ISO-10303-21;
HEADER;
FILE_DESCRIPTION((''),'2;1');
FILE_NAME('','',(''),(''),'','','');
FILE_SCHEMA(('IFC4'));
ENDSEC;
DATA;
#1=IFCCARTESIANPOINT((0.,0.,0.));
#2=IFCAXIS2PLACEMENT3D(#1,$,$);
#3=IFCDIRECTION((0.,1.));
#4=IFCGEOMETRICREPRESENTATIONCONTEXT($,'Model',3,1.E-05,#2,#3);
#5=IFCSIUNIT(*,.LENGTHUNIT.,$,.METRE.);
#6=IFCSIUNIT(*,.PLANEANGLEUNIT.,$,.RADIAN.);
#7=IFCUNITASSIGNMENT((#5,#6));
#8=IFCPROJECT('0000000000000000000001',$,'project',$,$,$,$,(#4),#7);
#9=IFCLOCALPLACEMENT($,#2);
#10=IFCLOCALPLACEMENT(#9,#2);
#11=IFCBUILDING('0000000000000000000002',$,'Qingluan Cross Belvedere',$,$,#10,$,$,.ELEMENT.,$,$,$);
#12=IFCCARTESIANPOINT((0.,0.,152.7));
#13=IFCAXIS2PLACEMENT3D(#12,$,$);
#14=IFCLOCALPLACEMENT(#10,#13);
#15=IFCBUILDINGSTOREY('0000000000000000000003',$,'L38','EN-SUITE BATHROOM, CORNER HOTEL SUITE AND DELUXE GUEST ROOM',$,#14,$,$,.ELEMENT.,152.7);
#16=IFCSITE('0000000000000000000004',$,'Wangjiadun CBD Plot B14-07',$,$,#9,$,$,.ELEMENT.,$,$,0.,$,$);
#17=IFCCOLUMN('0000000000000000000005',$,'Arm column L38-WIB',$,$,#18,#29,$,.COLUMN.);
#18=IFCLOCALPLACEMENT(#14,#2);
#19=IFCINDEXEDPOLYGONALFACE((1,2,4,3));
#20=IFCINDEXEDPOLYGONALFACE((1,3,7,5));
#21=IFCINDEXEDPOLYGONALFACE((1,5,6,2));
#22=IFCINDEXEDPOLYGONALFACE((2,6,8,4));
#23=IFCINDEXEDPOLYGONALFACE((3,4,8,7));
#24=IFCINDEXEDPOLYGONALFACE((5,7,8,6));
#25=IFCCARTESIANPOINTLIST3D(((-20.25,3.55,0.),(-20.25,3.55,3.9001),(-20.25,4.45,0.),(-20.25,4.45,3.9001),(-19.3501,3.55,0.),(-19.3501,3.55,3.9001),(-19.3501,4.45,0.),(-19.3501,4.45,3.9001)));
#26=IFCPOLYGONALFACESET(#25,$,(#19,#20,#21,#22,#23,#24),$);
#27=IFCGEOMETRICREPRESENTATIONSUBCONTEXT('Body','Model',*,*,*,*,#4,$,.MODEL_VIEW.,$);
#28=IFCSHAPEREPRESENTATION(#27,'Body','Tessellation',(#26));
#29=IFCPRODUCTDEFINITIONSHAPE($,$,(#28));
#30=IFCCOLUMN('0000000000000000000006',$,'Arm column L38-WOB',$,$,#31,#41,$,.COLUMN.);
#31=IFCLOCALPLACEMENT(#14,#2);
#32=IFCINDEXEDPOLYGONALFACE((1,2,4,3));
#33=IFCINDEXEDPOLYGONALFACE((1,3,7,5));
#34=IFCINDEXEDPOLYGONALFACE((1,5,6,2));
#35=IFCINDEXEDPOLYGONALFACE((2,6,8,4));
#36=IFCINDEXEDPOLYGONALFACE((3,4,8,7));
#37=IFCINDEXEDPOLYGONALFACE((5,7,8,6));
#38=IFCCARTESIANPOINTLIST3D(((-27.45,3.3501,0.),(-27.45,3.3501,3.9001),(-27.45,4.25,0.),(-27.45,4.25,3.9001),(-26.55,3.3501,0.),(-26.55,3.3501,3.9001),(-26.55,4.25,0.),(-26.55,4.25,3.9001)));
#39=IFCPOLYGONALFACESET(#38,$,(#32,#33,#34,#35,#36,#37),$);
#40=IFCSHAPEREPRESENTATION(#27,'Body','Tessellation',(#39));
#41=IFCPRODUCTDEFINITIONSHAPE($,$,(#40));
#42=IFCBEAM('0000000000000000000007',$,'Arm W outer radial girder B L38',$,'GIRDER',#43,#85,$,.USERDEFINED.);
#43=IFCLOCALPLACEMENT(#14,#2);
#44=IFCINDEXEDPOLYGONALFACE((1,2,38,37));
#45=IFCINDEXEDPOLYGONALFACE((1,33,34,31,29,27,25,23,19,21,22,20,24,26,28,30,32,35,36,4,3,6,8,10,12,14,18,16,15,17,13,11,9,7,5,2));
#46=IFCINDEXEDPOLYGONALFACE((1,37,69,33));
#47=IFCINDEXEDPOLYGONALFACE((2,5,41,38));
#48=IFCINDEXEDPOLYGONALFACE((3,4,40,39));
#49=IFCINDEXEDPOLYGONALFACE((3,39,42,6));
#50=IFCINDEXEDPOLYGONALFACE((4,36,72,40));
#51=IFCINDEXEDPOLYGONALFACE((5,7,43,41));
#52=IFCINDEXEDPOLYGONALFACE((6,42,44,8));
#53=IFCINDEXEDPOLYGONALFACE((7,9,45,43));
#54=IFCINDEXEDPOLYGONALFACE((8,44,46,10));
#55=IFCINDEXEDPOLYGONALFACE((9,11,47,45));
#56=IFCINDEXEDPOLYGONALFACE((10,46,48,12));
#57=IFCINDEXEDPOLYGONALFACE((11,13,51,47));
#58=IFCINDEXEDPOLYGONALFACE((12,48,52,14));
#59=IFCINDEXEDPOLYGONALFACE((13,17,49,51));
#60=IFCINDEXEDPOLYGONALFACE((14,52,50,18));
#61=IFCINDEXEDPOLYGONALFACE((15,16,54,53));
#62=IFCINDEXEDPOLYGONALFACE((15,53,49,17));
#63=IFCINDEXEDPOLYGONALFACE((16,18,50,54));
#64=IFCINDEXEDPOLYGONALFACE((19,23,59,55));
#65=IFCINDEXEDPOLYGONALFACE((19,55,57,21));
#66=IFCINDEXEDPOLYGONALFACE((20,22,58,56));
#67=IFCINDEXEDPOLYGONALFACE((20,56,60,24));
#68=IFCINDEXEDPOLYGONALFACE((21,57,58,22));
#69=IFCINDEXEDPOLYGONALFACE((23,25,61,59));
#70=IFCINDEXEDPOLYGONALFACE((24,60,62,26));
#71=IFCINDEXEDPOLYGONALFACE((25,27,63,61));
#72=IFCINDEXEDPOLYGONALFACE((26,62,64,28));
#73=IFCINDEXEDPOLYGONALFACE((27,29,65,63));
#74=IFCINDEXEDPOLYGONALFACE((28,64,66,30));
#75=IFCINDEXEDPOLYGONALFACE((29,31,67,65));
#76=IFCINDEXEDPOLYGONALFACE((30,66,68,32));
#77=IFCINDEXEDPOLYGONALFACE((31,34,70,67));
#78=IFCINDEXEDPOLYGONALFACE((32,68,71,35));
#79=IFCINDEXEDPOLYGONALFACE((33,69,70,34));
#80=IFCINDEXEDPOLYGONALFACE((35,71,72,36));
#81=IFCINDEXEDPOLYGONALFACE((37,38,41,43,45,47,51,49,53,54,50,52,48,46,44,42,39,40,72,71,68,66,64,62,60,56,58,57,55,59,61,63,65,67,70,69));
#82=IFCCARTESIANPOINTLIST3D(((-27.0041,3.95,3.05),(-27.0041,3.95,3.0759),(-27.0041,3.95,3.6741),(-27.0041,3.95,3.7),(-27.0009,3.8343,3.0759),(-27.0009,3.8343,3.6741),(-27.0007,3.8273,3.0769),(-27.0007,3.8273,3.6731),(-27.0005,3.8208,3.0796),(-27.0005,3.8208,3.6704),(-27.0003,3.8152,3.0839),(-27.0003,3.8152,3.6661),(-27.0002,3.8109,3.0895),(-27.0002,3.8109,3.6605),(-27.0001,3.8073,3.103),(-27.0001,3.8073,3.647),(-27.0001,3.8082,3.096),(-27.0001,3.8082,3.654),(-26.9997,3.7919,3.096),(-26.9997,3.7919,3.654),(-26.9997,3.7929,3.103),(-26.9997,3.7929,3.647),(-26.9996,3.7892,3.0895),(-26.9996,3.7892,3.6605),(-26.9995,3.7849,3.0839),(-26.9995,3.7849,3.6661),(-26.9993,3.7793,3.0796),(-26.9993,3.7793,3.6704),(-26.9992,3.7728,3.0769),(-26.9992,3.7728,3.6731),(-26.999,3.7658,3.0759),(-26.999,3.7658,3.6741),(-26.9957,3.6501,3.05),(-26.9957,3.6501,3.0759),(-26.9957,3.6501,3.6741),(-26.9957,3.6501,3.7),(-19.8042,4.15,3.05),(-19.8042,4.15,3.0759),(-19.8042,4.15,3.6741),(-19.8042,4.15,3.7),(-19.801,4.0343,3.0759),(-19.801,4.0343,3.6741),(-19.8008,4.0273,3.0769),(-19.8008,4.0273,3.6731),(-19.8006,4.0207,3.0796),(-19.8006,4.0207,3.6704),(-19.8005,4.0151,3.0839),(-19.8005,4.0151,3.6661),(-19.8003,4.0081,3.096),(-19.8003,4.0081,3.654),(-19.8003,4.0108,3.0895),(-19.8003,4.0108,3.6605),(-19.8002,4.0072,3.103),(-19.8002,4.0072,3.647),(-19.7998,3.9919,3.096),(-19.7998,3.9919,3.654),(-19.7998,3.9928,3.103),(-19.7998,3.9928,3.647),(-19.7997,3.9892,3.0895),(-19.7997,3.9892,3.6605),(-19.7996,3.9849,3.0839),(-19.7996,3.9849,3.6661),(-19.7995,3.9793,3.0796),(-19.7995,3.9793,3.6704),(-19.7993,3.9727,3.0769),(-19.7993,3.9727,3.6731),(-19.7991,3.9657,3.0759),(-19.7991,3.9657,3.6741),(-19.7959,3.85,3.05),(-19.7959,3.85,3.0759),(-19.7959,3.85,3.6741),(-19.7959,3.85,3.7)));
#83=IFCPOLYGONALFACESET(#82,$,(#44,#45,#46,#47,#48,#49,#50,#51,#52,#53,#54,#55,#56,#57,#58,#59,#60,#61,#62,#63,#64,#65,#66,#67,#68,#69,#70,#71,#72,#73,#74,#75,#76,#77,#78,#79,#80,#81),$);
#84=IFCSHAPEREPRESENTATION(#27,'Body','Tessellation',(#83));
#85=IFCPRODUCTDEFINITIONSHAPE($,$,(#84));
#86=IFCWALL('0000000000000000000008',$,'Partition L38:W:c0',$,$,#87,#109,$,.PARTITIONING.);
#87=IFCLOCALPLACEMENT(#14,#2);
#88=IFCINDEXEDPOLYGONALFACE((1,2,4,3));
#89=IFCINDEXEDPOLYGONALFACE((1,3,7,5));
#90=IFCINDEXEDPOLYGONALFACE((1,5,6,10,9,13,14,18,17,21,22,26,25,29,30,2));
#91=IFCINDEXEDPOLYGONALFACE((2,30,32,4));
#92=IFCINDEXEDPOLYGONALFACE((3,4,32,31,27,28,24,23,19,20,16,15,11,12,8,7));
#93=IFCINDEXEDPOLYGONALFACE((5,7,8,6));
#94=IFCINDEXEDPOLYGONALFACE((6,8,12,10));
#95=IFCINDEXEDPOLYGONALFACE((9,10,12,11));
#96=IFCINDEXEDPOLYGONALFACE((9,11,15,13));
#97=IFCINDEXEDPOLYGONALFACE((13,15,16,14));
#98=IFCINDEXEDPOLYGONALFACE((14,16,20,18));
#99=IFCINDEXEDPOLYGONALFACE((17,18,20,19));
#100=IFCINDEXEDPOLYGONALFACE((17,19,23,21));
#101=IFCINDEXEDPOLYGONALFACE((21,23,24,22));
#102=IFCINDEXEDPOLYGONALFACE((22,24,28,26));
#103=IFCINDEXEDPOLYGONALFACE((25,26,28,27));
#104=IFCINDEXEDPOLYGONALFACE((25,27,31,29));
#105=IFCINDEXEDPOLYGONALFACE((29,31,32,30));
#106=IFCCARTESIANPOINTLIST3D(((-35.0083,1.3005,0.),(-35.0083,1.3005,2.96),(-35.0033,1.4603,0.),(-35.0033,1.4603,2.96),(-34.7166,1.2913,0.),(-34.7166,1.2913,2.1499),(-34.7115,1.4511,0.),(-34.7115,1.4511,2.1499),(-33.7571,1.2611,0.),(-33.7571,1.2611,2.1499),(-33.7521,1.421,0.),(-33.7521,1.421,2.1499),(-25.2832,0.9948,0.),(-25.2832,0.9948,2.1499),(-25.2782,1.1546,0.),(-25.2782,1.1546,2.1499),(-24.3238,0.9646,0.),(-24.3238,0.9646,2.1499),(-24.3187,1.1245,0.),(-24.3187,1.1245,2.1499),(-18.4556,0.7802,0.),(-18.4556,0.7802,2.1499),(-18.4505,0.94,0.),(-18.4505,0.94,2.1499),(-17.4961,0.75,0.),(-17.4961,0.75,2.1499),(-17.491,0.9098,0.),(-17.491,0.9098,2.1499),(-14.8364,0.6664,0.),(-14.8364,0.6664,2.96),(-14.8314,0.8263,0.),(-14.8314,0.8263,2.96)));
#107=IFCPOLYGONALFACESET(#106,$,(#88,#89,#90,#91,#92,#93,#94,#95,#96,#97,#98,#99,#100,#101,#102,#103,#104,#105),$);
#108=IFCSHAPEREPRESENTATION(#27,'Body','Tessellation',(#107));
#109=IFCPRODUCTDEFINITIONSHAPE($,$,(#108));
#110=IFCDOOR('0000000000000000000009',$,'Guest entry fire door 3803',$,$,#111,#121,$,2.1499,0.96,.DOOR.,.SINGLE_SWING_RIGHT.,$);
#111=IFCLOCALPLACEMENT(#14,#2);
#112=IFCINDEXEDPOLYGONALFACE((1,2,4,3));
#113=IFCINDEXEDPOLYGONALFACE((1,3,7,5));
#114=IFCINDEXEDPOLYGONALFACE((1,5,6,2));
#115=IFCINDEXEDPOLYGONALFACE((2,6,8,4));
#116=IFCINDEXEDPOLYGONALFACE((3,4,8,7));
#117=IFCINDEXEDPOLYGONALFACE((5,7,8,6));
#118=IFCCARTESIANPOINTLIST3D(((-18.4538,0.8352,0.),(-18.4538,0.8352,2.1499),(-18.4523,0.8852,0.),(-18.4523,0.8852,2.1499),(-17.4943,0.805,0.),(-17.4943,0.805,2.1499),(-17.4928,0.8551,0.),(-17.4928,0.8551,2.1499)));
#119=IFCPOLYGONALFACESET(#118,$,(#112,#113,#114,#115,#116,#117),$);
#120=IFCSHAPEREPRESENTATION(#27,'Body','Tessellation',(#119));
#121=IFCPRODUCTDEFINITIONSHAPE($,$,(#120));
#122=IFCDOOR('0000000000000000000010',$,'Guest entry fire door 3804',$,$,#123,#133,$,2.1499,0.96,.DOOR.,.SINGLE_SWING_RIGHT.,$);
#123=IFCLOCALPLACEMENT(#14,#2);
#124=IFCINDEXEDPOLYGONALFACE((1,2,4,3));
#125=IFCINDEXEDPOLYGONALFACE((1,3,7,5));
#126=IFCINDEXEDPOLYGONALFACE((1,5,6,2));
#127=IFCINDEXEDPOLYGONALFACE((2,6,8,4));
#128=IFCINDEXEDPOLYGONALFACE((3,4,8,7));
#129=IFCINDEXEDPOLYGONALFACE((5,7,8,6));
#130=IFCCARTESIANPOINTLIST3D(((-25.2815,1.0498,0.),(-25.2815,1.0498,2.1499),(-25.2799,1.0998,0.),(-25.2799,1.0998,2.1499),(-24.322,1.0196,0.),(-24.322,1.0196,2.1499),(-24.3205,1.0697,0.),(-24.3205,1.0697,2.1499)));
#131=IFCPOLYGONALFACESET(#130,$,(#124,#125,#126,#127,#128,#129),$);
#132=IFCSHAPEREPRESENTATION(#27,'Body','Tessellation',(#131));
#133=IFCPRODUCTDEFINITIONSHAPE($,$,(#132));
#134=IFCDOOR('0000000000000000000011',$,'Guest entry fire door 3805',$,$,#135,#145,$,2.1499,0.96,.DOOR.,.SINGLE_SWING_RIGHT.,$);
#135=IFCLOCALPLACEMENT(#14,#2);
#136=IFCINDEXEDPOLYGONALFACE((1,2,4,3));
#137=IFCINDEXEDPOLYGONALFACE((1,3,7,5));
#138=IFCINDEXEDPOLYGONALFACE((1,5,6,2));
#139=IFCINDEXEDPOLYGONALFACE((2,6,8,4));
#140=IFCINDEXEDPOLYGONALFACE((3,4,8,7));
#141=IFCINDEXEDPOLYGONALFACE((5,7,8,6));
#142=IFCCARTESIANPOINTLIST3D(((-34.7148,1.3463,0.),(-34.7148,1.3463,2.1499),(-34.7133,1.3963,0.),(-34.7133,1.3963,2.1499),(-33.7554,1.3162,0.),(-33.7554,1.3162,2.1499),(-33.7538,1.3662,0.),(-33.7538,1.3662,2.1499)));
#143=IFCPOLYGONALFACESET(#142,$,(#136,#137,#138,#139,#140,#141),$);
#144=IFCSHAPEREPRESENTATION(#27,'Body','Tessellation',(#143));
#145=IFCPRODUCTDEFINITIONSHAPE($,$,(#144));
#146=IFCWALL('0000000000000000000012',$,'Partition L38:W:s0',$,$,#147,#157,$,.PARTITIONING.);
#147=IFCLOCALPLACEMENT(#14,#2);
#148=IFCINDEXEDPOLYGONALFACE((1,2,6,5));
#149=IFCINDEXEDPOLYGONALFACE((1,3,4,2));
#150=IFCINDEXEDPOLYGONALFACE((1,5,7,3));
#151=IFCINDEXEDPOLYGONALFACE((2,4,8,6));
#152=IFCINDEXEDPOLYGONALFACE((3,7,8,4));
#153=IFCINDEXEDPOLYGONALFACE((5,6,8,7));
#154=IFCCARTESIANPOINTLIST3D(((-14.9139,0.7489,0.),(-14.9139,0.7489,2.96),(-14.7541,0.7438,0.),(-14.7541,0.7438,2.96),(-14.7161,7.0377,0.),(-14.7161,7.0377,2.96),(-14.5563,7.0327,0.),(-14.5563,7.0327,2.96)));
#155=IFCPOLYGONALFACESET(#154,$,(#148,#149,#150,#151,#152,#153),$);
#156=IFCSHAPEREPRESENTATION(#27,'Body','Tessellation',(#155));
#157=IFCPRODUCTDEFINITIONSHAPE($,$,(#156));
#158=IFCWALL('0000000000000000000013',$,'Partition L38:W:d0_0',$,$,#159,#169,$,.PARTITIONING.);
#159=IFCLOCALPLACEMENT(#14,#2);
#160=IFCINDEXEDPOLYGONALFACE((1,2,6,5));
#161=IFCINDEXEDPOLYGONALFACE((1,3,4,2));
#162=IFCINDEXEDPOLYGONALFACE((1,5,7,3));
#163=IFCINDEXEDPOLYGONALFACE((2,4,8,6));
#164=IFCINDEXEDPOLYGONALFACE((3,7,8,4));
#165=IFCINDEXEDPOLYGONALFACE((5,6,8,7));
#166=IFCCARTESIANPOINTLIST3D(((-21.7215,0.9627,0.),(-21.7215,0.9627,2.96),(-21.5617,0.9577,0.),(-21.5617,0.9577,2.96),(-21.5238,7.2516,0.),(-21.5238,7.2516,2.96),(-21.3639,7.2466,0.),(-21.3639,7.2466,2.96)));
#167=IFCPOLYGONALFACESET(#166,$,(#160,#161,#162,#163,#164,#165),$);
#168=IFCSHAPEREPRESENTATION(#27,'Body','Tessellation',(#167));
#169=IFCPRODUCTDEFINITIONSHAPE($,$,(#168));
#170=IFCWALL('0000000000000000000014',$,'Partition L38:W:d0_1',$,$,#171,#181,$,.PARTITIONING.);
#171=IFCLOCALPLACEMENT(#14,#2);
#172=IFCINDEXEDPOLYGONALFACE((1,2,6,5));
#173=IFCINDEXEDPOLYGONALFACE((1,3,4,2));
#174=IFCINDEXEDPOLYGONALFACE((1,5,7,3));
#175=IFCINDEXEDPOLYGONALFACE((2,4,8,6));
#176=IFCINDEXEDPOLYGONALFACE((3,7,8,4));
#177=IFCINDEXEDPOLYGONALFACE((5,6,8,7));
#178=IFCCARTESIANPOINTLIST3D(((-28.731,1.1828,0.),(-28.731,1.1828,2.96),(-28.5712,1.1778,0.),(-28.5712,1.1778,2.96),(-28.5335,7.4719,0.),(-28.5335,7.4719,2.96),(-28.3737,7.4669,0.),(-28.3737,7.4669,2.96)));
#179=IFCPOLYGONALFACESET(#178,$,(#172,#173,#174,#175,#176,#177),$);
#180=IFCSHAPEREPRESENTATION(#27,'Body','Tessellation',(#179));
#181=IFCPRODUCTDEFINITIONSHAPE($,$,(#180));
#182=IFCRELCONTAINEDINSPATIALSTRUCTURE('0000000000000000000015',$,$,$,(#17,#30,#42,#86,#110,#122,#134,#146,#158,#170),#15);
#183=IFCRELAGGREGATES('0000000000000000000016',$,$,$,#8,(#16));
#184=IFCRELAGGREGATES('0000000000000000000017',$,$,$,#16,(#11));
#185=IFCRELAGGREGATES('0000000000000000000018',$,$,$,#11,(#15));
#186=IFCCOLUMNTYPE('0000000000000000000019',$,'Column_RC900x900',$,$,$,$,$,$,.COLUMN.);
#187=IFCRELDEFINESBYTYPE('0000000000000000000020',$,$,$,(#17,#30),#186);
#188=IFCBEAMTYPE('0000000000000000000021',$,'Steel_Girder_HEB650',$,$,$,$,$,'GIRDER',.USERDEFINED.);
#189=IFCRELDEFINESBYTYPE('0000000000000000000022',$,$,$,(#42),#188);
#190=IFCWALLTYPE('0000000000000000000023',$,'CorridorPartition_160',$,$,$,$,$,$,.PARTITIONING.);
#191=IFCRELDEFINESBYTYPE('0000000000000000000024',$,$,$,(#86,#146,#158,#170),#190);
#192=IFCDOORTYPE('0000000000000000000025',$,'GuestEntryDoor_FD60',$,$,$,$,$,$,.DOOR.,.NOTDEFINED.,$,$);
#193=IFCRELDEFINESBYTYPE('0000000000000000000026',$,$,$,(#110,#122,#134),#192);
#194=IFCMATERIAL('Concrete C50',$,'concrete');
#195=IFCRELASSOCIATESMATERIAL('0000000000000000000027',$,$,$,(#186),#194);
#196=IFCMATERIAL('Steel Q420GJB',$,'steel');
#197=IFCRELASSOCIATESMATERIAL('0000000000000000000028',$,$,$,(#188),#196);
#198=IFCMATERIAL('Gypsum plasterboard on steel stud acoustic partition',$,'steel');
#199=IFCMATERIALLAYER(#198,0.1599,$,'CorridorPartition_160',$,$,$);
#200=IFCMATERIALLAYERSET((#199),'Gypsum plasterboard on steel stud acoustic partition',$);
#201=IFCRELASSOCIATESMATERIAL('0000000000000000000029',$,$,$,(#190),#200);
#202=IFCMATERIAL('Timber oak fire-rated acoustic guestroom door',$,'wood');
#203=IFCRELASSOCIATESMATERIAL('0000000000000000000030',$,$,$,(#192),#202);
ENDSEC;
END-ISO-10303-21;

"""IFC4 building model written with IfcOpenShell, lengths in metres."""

from ifc_helpers import new_model, si_unit, direction, frame, frame_2d, origin, origin_2d, place, context, subcontext, project, spatial, rectangle, i_section, extrude, material, layer, layer_set, material_profile, profile_set, type_object, element, fill, save


model = new_model("IFC4")

# Units and contexts
model_context = context("Model", 3, precision=1e-05, world=origin(), true_north=direction((0.0, 1.0)))
body_context = subcontext(model_context, "Body", "Model", "MODEL_VIEW")
ifc_project = project(units=[si_unit("LENGTHUNIT", "METRE"), si_unit("PLANEANGLEUNIT", "RADIAN")], contexts=[model_context])

# Site, building, storey
site_placement = place(None, origin())
site = spatial("IfcSite", under=ifc_project, at=site_placement, Name="Wangjiadun CBD Plot B14-07", CompositionType="ELEMENT", RefElevation=0.0)
building_placement = place(site_placement, origin())
building = spatial("IfcBuilding", under=site, at=building_placement, Name="Qingluan Cross Belvedere", CompositionType="ELEMENT")
storey_placement = place(building_placement, frame((0.0, 0.0, 152.7)))
storey = spatial("IfcBuildingStorey", under=building, at=storey_placement, Name="L38", Description="EN-SUITE BATHROOM, CORNER HOTEL SUITE AND DELUXE GUEST ROOM", CompositionType="ELEMENT", Elevation=152.7)

# Columns
ifc_material_1 = material(Name="Concrete C50", Category="concrete")
ifc_material_profile_1 = material_profile(ifc_material_1, rectangle(XDim=0.8999, YDim=0.8999, at=origin_2d()), Name="RC900x900")
ifc_profile_set_1 = profile_set([ifc_material_profile_1], Name="Concrete C50")
column_type = type_object("IfcColumnType", Name="Column_RC900x900", PredefinedType="COLUMN", material=ifc_profile_set_1)
for number, where, z_axis, x_axis, name in (
    (1, (-19.8, 4.0, 0.0), (0.0, 0.0, 1.0), (1.0, 0.0, 0.0), "Arm column L38-WIB"),
    (2, (-27.0, 3.8, 0.0), (0.0, 0.0, 1.0), (1.0, 0.0, 0.0), "Arm column L38-WOB"),
):
    element("IfcColumn", number, at=place(storey_placement, frame(where, z_axis=z_axis, x_axis=x_axis)), inside=storey, type_object=column_type, Name=name, PredefinedType="COLUMN", context=body_context, shape_type="SweptSolid", body=[
        extrude(rectangle(XDim=0.8999, YDim=0.8999, at=origin_2d()), origin(), (0.0, 0.0, 1.0), 3.9001),
    ])

# Beam
ifc_material_2 = material(Name="Steel Q420GJB", Category="steel")
ifc_material_profile_2 = material_profile(ifc_material_2, i_section(OverallWidth=0.3, OverallDepth=0.6499, WebThickness=0.0144, FlangeThickness=0.0259, FilletRadius=0.0271, at=origin_2d()), Name="HEB650")
ifc_profile_set_2 = profile_set([ifc_material_profile_2], Name="Steel Q420GJB")
beam_type = type_object("IfcBeamType", Name="Steel_Girder_HEB650", ElementType="GIRDER", PredefinedType="USERDEFINED", material=ifc_profile_set_2)
beam_placement = place(storey_placement, frame((-19.8, 4.0, 3.375), z_axis=(-0.999615, -0.02776, 0.0), x_axis=(0.02776, -0.999615, 0.0)))
element("IfcBeam", 3, at=beam_placement, inside=storey, type_object=beam_type, Name="Arm W outer radial girder B L38", ObjectType="GIRDER", PredefinedType="USERDEFINED", context=body_context, shape_type="SweptSolid", body=[
    extrude(i_section(OverallWidth=0.3, OverallDepth=0.6499, WebThickness=0.0144, FlangeThickness=0.0259, FilletRadius=0.0271, at=origin_2d()), origin(), (0.0, 0.0, 1.0), 7.2026),
])

# Wall, openings, doors
ifc_material_3 = material(Name="Gypsum plasterboard on steel stud acoustic partition", Category="steel")
ifc_layer_1 = layer(ifc_material_3, 0.1599, Name="CorridorPartition_160")
ifc_layer_set_1 = layer_set([ifc_layer_1], Name="Gypsum plasterboard on steel stud acoustic partition")
wall_type_1 = type_object("IfcWallType", Name="CorridorPartition_160", PredefinedType="PARTITIONING", material=ifc_layer_set_1)
wall_1_placement = place(storey_placement, frame((-14.834, 0.7463, 0.0), z_axis=(0.0, 0.0, 1.0), x_axis=(-0.999506, 0.031416, 0.0)))
wall_1 = element("IfcWall", 4, at=wall_1_placement, inside=storey, type_object=wall_type_1, Name="Partition L38:W:c0", PredefinedType="PARTITIONING", context=body_context, shape_type="SweptSolid", body=[
    extrude(rectangle(XDim=20.1819, YDim=0.1599, at=frame_2d((10.0908, 0.0))), origin(), (0.0, 0.0, 1.0), 2.96),
])
opening_1_placement = place(wall_1_placement, frame((2.6609, 0.0, 0.0)))
opening_1 = element("IfcOpeningElement", 5, at=opening_1_placement, cuts=wall_1, PredefinedType="OPENING", context=body_context, shape_type="SweptSolid", body=[
    extrude(rectangle(XDim=0.96, YDim=2.1499, at=frame_2d((0.48, 1.075))), frame((0.0, 0.0898, 0.0), z_axis=(0.0, -1.0, 0.0), x_axis=(1.0, 0.0, 0.0)), (0.0, 0.0, 1.0), 0.1799),
])
opening_2_placement = place(wall_1_placement, frame((9.4919, 0.0, 0.0)))
opening_2 = element("IfcOpeningElement", 6, at=opening_2_placement, cuts=wall_1, PredefinedType="OPENING", context=body_context, shape_type="SweptSolid", body=[
    extrude(rectangle(XDim=0.96, YDim=2.1499, at=frame_2d((0.48, 1.075))), frame((0.0, 0.0898, 0.0), z_axis=(0.0, -1.0, 0.0), x_axis=(1.0, 0.0, 0.0)), (0.0, 0.0, 1.0), 0.1799),
])
opening_3_placement = place(wall_1_placement, frame((18.9299, 0.0, 0.0)))
opening_3 = element("IfcOpeningElement", 7, at=opening_3_placement, cuts=wall_1, PredefinedType="OPENING", context=body_context, shape_type="SweptSolid", body=[
    extrude(rectangle(XDim=0.96, YDim=2.1499, at=frame_2d((0.48, 1.075))), frame((0.0, 0.0898, 0.0), z_axis=(0.0, -1.0, 0.0), x_axis=(1.0, 0.0, 0.0)), (0.0, 0.0, 1.0), 0.1799),
])
ifc_material_4 = material(Name="Timber oak fire-rated acoustic guestroom door", Category="wood")
door_type_1 = type_object("IfcDoorType", Name="GuestEntryDoor_FD60", OperationType="NOTDEFINED", PredefinedType="DOOR", material=ifc_material_4)
door_1_placement = place(opening_1_placement, origin())
door_1 = element("IfcDoor", 8, at=door_1_placement, inside=storey, type_object=door_type_1, Name="Guest entry fire door 3803", OperationType="SINGLE_SWING_RIGHT", OverallHeight=2.1499, OverallWidth=0.96, PredefinedType="DOOR", context=body_context, shape_type="SweptSolid", body=[
    extrude(rectangle(XDim=0.96, YDim=2.1499, at=frame_2d((0.48, 1.075))), frame((0.0, 0.0249, 0.0), z_axis=(0.0, -1.0, 0.0), x_axis=(1.0, 0.0, 0.0)), (0.0, 0.0, 1.0), 0.05),
])
fill(opening_1, door_1)
door_2_placement = place(opening_2_placement, origin())
door_2 = element("IfcDoor", 9, at=door_2_placement, inside=storey, type_object=door_type_1, Name="Guest entry fire door 3804", OperationType="SINGLE_SWING_RIGHT", OverallHeight=2.1499, OverallWidth=0.96, PredefinedType="DOOR", context=body_context, shape_type="SweptSolid", body=[
    extrude(rectangle(XDim=0.96, YDim=2.1499, at=frame_2d((0.48, 1.075))), frame((0.0, 0.0249, 0.0), z_axis=(0.0, -1.0, 0.0), x_axis=(1.0, 0.0, 0.0)), (0.0, 0.0, 1.0), 0.05),
])
fill(opening_2, door_2)
door_3_placement = place(opening_3_placement, origin())
door_3 = element("IfcDoor", 10, at=door_3_placement, inside=storey, type_object=door_type_1, Name="Guest entry fire door 3805", OperationType="SINGLE_SWING_RIGHT", OverallHeight=2.1499, OverallWidth=0.96, PredefinedType="DOOR", context=body_context, shape_type="SweptSolid", body=[
    extrude(rectangle(XDim=0.96, YDim=2.1499, at=frame_2d((0.48, 1.075))), frame((0.0, 0.0249, 0.0), z_axis=(0.0, -1.0, 0.0), x_axis=(1.0, 0.0, 0.0)), (0.0, 0.0, 1.0), 0.05),
])
fill(opening_3, door_3)

# Walls
for number, where, z_axis, x_axis, name in (
    (11, (-14.834, 0.7463, 0.0), (0.0, 0.0, 1.0), (0.03143, 0.999506, 0.0), "Partition L38:W:s0"),
    (12, (-21.6416, 0.9602, 0.0), (0.0, 0.0, 1.0), (0.03143, 0.999506, 0.0), "Partition L38:W:d0_0"),
):
    element("IfcWall", number, at=place(storey_placement, frame(where, z_axis=z_axis, x_axis=x_axis)), inside=storey, type_object=wall_type_1, Name=name, PredefinedType="PARTITIONING", context=body_context, shape_type="SweptSolid", body=[
        extrude(rectangle(XDim=6.292, YDim=0.1599, at=frame_2d((3.146, 0.0))), origin(), (0.0, 0.0, 1.0), 2.96),
    ])
wall_2_placement = place(storey_placement, frame((-28.6511, 1.1804, 0.0), z_axis=(0.0, 0.0, 1.0), x_axis=(0.03139, 0.999507, 0.0)))
element("IfcWall", 13, at=wall_2_placement, inside=storey, type_object=wall_type_1, Name="Partition L38:W:d0_1", PredefinedType="PARTITIONING", context=body_context, shape_type="SweptSolid", body=[
    extrude(rectangle(XDim=6.2922, YDim=0.1599, at=frame_2d((3.146, 0.0))), origin(), (0.0, 0.0, 1.0), 2.96),
])

save(model, "model.ifc")
